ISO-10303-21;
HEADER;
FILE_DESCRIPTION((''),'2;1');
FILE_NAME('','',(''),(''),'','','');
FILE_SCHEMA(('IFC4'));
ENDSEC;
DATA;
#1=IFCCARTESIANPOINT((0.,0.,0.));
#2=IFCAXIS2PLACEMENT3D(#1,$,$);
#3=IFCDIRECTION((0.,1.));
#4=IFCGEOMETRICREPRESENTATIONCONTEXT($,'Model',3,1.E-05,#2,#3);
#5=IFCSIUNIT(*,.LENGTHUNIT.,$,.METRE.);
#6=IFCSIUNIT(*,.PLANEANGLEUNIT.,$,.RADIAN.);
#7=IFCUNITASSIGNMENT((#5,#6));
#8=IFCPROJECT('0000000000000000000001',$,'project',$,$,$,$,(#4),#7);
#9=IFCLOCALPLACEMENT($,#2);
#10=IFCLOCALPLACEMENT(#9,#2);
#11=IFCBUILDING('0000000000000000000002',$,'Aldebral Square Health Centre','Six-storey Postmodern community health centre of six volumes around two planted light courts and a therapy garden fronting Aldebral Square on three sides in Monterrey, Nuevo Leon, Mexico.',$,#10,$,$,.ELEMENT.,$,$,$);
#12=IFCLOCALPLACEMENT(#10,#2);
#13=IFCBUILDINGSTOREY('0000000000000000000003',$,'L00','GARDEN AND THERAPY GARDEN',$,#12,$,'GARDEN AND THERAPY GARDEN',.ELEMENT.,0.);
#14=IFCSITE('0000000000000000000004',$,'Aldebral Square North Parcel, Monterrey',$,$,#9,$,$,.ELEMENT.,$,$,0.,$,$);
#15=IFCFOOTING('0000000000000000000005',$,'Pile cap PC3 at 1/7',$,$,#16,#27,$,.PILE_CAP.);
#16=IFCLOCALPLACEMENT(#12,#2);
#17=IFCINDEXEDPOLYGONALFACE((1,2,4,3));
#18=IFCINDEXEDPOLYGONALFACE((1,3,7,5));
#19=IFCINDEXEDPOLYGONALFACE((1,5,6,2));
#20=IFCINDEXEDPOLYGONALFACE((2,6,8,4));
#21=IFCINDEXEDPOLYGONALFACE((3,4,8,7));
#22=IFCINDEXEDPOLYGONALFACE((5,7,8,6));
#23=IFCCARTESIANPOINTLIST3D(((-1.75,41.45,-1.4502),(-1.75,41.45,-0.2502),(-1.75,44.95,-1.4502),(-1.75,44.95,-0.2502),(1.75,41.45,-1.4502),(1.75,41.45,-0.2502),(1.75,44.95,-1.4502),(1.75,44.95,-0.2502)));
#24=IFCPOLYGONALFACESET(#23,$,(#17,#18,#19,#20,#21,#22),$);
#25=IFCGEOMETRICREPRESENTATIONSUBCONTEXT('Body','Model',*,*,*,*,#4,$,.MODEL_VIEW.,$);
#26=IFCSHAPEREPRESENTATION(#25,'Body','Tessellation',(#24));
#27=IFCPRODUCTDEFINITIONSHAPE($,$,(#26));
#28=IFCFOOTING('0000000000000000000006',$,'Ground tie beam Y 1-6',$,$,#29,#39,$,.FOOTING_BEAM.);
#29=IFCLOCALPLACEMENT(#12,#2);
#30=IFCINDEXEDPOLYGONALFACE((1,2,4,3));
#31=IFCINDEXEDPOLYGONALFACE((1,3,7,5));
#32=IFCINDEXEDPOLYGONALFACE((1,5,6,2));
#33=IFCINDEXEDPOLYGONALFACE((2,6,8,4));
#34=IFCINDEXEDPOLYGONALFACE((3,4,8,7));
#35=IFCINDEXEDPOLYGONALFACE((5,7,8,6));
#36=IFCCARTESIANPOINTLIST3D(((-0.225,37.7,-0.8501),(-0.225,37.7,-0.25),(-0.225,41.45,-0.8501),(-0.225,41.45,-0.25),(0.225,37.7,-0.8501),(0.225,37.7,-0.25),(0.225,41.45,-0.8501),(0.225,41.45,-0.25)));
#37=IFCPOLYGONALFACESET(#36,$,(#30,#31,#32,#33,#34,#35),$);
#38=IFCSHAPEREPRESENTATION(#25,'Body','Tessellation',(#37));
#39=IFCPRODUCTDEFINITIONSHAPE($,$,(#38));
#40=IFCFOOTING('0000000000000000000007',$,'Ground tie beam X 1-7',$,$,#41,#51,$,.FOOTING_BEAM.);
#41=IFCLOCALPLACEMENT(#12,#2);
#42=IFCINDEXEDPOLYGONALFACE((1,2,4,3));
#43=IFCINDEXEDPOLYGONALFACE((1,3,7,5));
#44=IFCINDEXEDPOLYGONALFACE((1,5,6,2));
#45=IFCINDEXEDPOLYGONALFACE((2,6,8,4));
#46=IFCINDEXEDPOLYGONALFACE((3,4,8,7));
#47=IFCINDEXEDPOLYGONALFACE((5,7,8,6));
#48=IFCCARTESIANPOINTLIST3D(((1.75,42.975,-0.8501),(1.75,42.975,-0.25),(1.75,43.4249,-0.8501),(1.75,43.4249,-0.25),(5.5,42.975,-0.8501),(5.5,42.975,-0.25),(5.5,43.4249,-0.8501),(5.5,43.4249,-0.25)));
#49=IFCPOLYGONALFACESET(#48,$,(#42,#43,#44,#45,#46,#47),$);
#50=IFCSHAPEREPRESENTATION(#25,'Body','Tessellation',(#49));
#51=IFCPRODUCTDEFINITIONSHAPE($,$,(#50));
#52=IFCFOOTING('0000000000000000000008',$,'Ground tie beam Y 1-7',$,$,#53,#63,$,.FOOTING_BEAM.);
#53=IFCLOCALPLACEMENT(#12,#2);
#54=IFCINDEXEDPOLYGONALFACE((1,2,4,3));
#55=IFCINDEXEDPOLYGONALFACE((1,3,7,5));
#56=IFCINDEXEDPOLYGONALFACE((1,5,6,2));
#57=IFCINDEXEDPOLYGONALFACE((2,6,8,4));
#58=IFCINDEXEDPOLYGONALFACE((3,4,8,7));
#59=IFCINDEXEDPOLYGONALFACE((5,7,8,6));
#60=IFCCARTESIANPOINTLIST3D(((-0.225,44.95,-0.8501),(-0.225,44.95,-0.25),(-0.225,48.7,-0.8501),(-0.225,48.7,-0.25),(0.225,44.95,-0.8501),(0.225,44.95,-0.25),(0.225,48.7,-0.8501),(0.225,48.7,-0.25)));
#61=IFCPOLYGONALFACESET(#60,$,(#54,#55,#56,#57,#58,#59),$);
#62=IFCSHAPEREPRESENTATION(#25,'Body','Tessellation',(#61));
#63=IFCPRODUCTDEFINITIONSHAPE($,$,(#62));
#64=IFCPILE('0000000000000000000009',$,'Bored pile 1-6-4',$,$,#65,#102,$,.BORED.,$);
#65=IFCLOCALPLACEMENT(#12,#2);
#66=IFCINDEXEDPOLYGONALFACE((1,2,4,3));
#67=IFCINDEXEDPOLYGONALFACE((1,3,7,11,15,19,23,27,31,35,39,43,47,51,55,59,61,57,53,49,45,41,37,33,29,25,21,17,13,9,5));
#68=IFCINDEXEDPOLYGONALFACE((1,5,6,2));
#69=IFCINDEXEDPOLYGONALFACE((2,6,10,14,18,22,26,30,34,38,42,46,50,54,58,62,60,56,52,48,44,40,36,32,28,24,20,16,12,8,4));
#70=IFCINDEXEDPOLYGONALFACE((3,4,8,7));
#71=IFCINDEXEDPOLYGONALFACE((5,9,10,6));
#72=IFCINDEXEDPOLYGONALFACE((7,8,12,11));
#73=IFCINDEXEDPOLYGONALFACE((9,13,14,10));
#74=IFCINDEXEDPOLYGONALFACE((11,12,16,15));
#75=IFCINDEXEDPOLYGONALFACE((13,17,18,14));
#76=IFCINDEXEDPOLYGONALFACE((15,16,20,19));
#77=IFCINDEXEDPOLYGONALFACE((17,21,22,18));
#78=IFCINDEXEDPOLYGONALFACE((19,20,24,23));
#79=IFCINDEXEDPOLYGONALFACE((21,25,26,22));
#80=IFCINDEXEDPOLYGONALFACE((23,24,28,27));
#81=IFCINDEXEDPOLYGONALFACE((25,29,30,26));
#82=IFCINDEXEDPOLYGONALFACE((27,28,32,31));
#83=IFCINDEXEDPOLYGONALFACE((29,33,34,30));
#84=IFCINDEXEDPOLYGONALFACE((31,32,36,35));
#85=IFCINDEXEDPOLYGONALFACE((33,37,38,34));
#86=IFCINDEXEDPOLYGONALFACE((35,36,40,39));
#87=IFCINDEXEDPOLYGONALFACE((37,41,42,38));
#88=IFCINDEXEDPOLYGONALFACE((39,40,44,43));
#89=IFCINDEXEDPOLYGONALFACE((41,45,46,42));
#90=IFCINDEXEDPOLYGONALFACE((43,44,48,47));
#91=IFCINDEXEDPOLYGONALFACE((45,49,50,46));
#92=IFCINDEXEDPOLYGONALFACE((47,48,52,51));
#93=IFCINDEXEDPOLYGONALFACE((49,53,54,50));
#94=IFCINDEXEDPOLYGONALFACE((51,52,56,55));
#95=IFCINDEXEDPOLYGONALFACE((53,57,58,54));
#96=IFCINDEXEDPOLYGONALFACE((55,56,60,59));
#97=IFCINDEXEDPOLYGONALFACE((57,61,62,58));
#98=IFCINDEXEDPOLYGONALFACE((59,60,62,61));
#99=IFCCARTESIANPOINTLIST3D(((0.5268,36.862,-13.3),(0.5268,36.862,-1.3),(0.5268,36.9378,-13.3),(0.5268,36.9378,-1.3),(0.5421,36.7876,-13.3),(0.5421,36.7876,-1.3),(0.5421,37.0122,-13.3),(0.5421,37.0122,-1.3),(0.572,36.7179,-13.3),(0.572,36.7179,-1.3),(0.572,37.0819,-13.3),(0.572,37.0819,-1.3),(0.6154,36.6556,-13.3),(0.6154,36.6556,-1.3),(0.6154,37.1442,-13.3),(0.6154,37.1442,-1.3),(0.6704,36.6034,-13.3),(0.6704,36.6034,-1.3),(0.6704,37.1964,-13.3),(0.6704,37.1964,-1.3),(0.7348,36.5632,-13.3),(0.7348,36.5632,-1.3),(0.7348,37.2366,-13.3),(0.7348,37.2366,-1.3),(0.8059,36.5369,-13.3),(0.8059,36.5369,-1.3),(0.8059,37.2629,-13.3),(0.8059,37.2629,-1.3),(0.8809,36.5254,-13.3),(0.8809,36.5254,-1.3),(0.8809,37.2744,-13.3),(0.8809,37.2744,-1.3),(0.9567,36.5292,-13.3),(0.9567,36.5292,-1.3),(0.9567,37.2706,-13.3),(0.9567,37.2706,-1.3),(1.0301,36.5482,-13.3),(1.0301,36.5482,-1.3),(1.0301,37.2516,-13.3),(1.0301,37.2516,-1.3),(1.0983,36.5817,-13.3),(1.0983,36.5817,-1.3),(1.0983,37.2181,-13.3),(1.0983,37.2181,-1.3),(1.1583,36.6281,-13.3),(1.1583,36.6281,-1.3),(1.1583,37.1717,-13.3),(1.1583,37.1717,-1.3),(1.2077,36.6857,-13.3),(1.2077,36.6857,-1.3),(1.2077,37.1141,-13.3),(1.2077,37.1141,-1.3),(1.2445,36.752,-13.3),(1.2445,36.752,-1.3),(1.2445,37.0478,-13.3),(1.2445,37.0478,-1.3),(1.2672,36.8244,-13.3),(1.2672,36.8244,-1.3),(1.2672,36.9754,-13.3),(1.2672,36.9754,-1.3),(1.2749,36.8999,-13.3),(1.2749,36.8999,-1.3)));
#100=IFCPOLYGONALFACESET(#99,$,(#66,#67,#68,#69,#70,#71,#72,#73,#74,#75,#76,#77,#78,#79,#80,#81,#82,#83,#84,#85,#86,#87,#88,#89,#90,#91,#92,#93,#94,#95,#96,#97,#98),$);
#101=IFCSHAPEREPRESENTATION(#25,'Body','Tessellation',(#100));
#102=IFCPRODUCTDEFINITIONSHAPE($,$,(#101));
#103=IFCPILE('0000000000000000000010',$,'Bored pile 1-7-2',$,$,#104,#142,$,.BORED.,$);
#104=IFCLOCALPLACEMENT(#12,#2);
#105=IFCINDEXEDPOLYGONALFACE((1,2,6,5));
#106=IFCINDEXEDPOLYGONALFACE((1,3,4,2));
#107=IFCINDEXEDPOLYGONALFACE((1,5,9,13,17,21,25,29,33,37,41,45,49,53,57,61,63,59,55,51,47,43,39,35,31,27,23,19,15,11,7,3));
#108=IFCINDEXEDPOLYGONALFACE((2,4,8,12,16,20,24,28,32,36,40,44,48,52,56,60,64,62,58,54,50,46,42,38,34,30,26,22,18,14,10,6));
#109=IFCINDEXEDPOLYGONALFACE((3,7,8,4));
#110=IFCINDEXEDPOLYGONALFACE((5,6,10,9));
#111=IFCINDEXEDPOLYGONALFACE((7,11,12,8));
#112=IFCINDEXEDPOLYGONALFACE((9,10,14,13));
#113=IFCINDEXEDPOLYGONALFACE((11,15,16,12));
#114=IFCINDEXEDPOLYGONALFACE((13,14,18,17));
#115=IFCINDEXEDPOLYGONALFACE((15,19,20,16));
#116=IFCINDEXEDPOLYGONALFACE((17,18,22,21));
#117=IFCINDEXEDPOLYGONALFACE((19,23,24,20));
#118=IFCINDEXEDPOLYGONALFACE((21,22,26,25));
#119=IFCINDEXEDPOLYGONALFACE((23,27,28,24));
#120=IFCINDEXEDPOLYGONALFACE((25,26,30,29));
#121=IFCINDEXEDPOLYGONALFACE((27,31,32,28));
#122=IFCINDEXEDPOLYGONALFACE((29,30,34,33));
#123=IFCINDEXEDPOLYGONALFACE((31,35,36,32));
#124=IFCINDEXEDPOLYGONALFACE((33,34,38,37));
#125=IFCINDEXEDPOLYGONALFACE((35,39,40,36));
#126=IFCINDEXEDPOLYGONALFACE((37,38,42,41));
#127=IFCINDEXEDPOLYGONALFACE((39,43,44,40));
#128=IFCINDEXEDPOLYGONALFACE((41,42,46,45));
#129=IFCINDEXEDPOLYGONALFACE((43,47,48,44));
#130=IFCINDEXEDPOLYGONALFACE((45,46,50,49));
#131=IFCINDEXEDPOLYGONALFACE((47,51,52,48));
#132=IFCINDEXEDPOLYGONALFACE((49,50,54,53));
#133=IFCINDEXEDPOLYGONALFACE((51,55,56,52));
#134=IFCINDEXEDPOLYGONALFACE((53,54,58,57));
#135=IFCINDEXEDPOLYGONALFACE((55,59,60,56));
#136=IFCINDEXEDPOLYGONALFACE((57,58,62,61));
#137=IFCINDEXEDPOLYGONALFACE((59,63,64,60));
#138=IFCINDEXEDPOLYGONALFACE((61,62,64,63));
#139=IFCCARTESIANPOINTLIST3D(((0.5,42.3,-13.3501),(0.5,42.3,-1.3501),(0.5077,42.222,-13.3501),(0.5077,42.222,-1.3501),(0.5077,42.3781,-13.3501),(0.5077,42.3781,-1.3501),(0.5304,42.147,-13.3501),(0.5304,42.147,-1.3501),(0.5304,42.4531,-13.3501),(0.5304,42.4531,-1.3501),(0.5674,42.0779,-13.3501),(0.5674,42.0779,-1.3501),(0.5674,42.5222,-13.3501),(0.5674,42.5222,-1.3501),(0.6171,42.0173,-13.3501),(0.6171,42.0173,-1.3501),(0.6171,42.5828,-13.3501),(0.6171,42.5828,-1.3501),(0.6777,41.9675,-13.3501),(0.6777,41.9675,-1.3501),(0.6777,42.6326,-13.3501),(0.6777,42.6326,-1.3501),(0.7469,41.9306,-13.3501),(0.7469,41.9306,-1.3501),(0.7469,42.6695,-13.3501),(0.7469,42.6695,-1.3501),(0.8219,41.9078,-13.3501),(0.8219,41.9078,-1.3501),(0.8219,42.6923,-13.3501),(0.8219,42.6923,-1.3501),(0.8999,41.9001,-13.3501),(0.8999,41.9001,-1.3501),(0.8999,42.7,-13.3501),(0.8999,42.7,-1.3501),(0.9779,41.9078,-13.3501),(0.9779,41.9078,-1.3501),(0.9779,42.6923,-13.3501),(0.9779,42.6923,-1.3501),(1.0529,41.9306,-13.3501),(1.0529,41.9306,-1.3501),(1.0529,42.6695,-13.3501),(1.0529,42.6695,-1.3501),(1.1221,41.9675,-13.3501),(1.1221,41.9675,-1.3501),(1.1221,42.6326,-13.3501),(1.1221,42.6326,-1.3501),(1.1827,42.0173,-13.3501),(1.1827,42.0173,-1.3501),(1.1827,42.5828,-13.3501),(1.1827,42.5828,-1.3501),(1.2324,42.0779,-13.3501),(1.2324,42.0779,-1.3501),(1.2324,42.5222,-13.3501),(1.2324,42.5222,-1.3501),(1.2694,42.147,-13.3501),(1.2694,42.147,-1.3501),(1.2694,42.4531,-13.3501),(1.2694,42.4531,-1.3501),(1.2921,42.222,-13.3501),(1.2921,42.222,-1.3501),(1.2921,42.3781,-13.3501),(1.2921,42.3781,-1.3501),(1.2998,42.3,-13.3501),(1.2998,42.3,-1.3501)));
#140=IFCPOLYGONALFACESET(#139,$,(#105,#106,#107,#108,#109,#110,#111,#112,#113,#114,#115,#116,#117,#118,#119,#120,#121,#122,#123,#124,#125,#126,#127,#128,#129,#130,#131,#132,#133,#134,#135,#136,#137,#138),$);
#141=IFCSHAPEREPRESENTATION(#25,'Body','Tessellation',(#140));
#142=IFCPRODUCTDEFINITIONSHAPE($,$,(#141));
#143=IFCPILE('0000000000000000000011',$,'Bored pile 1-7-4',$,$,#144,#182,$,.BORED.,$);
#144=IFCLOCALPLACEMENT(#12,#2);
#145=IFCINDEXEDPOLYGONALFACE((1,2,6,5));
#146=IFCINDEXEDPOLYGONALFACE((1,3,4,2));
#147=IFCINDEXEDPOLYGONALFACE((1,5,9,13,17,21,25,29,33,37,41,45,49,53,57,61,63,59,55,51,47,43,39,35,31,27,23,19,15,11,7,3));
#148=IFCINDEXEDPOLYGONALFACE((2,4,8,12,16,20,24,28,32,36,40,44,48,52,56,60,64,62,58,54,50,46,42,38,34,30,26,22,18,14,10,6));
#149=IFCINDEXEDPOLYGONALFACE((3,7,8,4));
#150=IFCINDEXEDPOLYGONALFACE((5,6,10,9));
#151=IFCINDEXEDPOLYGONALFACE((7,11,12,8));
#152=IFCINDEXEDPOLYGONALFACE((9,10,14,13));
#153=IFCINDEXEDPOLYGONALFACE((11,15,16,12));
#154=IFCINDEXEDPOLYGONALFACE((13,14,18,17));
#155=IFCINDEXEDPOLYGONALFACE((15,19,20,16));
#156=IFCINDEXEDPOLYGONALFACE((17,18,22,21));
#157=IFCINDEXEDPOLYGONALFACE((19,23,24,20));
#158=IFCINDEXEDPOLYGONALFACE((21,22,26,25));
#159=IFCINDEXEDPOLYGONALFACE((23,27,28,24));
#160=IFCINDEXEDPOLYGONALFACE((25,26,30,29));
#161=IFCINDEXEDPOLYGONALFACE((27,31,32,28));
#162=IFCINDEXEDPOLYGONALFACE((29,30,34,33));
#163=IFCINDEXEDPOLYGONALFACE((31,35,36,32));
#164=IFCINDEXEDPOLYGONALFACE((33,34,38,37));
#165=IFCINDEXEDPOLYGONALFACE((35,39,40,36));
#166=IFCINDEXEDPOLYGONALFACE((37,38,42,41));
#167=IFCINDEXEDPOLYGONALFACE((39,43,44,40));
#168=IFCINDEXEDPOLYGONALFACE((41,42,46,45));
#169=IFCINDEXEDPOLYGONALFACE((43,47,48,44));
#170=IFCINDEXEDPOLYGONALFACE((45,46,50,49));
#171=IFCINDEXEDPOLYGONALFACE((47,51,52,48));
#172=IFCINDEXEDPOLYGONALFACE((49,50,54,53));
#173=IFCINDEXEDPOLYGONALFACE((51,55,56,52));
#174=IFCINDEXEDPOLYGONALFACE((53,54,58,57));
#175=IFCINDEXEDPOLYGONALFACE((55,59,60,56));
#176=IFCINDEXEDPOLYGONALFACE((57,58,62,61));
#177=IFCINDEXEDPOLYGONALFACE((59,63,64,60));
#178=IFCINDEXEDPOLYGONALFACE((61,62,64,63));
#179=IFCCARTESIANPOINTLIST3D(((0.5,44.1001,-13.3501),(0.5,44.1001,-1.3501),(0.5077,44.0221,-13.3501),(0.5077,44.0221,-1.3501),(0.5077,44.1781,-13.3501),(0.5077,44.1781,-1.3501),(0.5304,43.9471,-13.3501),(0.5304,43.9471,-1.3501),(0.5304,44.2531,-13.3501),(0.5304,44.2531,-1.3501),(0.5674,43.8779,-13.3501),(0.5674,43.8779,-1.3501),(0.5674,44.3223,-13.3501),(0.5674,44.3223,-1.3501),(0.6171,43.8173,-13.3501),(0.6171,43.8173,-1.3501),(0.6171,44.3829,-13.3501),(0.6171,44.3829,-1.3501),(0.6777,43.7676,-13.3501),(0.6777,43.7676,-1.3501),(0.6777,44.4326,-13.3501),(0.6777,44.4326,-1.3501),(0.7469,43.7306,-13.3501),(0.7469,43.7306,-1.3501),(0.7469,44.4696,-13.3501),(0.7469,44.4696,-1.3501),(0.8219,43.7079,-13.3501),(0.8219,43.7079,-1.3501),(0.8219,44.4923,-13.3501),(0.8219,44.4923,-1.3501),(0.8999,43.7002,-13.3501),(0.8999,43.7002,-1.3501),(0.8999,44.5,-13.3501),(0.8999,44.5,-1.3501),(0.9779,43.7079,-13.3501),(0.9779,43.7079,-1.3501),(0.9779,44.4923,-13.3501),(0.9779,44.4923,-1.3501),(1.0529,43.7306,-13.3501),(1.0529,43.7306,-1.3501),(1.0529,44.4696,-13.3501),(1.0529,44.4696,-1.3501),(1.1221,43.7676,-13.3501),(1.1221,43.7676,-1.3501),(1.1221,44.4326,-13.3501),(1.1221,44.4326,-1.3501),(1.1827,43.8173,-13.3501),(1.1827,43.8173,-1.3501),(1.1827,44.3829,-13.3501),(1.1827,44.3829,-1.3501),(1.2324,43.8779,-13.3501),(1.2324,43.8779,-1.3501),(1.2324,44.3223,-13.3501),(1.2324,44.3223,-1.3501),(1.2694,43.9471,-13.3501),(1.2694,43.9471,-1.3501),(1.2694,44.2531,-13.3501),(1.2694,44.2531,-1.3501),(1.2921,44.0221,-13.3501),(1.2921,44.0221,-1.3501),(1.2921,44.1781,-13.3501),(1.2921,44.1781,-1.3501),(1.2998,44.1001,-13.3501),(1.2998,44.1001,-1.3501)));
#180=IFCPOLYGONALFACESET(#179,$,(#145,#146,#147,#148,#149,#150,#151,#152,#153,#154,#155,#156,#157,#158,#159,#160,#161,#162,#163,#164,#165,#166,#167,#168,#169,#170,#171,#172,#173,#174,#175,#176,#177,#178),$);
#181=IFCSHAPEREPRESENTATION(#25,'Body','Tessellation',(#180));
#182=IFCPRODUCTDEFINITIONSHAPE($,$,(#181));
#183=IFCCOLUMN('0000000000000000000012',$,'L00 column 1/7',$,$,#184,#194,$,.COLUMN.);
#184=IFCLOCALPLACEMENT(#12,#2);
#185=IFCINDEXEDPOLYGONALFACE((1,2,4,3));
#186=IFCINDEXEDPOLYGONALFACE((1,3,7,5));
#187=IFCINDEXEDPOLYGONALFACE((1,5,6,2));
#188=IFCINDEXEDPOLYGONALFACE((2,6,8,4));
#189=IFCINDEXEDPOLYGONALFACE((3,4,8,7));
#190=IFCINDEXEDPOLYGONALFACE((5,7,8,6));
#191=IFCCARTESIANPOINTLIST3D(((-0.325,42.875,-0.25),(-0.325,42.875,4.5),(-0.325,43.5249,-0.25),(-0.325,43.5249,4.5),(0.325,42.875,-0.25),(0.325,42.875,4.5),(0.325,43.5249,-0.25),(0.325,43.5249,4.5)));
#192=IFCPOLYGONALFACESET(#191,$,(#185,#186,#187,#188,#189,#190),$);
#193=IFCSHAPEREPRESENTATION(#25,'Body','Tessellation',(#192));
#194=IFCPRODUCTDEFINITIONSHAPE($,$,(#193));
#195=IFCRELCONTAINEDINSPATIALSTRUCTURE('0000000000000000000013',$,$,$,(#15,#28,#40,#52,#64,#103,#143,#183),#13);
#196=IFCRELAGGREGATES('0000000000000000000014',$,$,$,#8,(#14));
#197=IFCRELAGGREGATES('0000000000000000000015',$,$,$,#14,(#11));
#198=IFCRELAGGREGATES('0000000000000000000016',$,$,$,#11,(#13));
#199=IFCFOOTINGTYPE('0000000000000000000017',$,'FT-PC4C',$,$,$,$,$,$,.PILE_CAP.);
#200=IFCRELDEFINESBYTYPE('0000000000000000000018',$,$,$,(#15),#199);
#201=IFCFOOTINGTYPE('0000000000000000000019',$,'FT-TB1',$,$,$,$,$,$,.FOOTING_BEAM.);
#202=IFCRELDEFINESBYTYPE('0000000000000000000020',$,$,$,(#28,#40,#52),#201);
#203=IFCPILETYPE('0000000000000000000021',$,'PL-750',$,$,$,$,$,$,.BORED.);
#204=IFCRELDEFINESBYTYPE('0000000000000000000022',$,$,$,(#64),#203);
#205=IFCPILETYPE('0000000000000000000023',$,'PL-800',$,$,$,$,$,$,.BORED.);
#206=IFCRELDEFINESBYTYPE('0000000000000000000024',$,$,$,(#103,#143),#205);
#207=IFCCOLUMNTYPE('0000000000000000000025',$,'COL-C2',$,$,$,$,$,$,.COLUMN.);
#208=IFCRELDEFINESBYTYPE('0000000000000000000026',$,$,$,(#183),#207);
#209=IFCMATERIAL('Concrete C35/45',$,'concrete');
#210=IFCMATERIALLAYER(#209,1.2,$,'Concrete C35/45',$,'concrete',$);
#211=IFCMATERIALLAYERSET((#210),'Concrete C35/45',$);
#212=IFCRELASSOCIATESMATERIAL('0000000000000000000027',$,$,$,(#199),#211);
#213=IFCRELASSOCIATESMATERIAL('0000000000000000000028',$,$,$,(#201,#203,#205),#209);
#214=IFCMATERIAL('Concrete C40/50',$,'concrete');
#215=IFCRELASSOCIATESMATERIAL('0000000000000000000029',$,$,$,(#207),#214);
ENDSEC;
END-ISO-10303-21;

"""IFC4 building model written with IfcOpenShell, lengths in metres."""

from ifc_helpers import new_model, si_unit, direction, frame, origin, origin_2d, place, context, subcontext, project, spatial, rectangle, circle, extrude, material, layer, layer_set, material_profile, profile_set, type_object, element, save


model = new_model("IFC4")

# Units and contexts
model_context = context("Model", 3, precision=1e-05, world=origin(), true_north=direction((0.0, 1.0)))
body_context = subcontext(model_context, "Body", "Model", "MODEL_VIEW")
ifc_project = project(units=[si_unit("LENGTHUNIT", "METRE"), si_unit("PLANEANGLEUNIT", "RADIAN")], contexts=[model_context])

# Site, building, storey
site_placement = place(None, origin())
site = spatial("IfcSite", under=ifc_project, at=site_placement, Name="Aldebral Square North Parcel, Monterrey", CompositionType="ELEMENT", RefElevation=0.0)
building_placement = place(site_placement, origin())
building = spatial("IfcBuilding", under=site, at=building_placement, Name="Aldebral Square Health Centre", Description="Six-storey Postmodern community health centre of six volumes around two planted light courts and a therapy garden fronting Aldebral Square on three sides in Monterrey, Nuevo Leon, Mexico.", CompositionType="ELEMENT")
storey_placement = place(building_placement, origin())
storey = spatial("IfcBuildingStorey", under=building, at=storey_placement, Name="L00", Description="GARDEN AND THERAPY GARDEN", LongName="GARDEN AND THERAPY GARDEN", CompositionType="ELEMENT", Elevation=0.0)

# Footings
ifc_material_1 = material(Name="Concrete C35/45", Category="concrete")
ifc_layer_1 = layer(ifc_material_1, 1.2, Name="Concrete C35/45", Category="concrete")
ifc_layer_set_1 = layer_set([ifc_layer_1], Name="Concrete C35/45")
footing_type_1 = type_object("IfcFootingType", Name="FT-PC4C", PredefinedType="PILE_CAP", material=ifc_layer_set_1)
footing_placement = place(storey_placement, frame((0.0, 43.2, -1.4502), z_axis=(0.0, 0.0, 1.0), x_axis=(1.0, 0.0, 0.0)))
element("IfcFooting", 1, at=footing_placement, inside=storey, type_object=footing_type_1, Name="Pile cap PC3 at 1/7", PredefinedType="PILE_CAP", context=body_context, shape_type="SweptSolid", body=[
    extrude(rectangle(XDim=3.5, YDim=3.5, at=origin_2d()), origin(), (0.0, 0.0, 1.0), 1.2),
])
ifc_material_profile_1 = material_profile(ifc_material_1, rectangle(XDim=0.45, YDim=0.6001, at=origin_2d()), Name="RC 450x600")
ifc_profile_set_1 = profile_set([ifc_material_profile_1], Name="Concrete C35/45")
footing_type_2 = type_object("IfcFootingType", Name="FT-TB1", PredefinedType="FOOTING_BEAM", material=ifc_profile_set_1)
for number, where, z_axis, x_axis, name in (
    (2, (0.0, 37.7, -0.55), (0.0, 1.0, 0.0), (-1.0, 0.0, 0.0), "Ground tie beam Y 1-6"),
    (3, (1.75, 43.2, -0.55), (1.0, 0.0, 0.0), (0.0, 1.0, 0.0), "Ground tie beam X 1-7"),
    (4, (0.0, 44.95, -0.55), (0.0, 1.0, 0.0), (-1.0, 0.0, 0.0), "Ground tie beam Y 1-7"),
):
    element("IfcFooting", number, at=place(storey_placement, frame(where, z_axis=z_axis, x_axis=x_axis)), inside=storey, type_object=footing_type_2, Name=name, PredefinedType="FOOTING_BEAM", context=body_context, shape_type="SweptSolid", body=[
        extrude(rectangle(XDim=0.45, YDim=0.6001, at=origin_2d()), origin(), (0.0, 0.0, 1.0), 3.75),
    ])

# Piles
ifc_material_profile_2 = material_profile(ifc_material_1, circle(Radius=0.375, at=origin_2d()), Name="PILE D750")
ifc_profile_set_2 = profile_set([ifc_material_profile_2], Name="Concrete C35/45")
pile_type_1 = type_object("IfcPileType", Name="PL-750", PredefinedType="BORED", material=ifc_profile_set_2)
pile_placement = place(storey_placement, frame((0.8999, 36.8999, -1.3), z_axis=(0.0, 0.0, -1.0), x_axis=(1.0, 0.0, 0.0)))
element("IfcPile", 5, at=pile_placement, inside=storey, type_object=pile_type_1, Name="Bored pile 1-6-4", PredefinedType="BORED", context=body_context, shape_type="SweptSolid", body=[
    extrude(circle(Radius=0.375, at=origin_2d()), origin(), (0.0, 0.0, 1.0), 12.0),
])
ifc_material_profile_3 = material_profile(ifc_material_1, circle(Radius=0.3999, at=origin_2d()), Name="PILE D800")
ifc_profile_set_3 = profile_set([ifc_material_profile_3], Name="Concrete C35/45")
pile_type_2 = type_object("IfcPileType", Name="PL-800", PredefinedType="BORED", material=ifc_profile_set_3)
for number, where, z_axis, x_axis, name in (
    (6, (0.8999, 42.3, -1.3501), (0.0, 0.0, -1.0), (1.0, 0.0, 0.0), "Bored pile 1-7-2"),
    (7, (0.8999, 44.1001, -1.3501), (0.0, 0.0, -1.0), (1.0, 0.0, 0.0), "Bored pile 1-7-4"),
):
    element("IfcPile", number, at=place(storey_placement, frame(where, z_axis=z_axis, x_axis=x_axis)), inside=storey, type_object=pile_type_2, Name=name, PredefinedType="BORED", context=body_context, shape_type="SweptSolid", body=[
        extrude(circle(Radius=0.3999, at=origin_2d()), origin(), (0.0, 0.0, 1.0), 12.0),
    ])

# Column
ifc_material_2 = material(Name="Concrete C40/50", Category="concrete")
ifc_material_profile_4 = material_profile(ifc_material_2, rectangle(XDim=0.6499, YDim=0.6499, at=origin_2d()), Name="RC 650x650")
ifc_profile_set_4 = profile_set([ifc_material_profile_4], Name="Concrete C40/50")
column_type = type_object("IfcColumnType", Name="COL-C2", PredefinedType="COLUMN", material=ifc_profile_set_4)
column_placement = place(storey_placement, frame((0.0, 43.2, -0.25), z_axis=(0.0, 0.0, 1.0), x_axis=(1.0, 0.0, 0.0)))
element("IfcColumn", 8, at=column_placement, inside=storey, type_object=column_type, Name="L00 column 1/7", PredefinedType="COLUMN", context=body_context, shape_type="SweptSolid", body=[
    extrude(rectangle(XDim=0.6499, YDim=0.6499, at=origin_2d()), origin(), (0.0, 0.0, 1.0), 4.75),
])

save(model, "model.ifc")
